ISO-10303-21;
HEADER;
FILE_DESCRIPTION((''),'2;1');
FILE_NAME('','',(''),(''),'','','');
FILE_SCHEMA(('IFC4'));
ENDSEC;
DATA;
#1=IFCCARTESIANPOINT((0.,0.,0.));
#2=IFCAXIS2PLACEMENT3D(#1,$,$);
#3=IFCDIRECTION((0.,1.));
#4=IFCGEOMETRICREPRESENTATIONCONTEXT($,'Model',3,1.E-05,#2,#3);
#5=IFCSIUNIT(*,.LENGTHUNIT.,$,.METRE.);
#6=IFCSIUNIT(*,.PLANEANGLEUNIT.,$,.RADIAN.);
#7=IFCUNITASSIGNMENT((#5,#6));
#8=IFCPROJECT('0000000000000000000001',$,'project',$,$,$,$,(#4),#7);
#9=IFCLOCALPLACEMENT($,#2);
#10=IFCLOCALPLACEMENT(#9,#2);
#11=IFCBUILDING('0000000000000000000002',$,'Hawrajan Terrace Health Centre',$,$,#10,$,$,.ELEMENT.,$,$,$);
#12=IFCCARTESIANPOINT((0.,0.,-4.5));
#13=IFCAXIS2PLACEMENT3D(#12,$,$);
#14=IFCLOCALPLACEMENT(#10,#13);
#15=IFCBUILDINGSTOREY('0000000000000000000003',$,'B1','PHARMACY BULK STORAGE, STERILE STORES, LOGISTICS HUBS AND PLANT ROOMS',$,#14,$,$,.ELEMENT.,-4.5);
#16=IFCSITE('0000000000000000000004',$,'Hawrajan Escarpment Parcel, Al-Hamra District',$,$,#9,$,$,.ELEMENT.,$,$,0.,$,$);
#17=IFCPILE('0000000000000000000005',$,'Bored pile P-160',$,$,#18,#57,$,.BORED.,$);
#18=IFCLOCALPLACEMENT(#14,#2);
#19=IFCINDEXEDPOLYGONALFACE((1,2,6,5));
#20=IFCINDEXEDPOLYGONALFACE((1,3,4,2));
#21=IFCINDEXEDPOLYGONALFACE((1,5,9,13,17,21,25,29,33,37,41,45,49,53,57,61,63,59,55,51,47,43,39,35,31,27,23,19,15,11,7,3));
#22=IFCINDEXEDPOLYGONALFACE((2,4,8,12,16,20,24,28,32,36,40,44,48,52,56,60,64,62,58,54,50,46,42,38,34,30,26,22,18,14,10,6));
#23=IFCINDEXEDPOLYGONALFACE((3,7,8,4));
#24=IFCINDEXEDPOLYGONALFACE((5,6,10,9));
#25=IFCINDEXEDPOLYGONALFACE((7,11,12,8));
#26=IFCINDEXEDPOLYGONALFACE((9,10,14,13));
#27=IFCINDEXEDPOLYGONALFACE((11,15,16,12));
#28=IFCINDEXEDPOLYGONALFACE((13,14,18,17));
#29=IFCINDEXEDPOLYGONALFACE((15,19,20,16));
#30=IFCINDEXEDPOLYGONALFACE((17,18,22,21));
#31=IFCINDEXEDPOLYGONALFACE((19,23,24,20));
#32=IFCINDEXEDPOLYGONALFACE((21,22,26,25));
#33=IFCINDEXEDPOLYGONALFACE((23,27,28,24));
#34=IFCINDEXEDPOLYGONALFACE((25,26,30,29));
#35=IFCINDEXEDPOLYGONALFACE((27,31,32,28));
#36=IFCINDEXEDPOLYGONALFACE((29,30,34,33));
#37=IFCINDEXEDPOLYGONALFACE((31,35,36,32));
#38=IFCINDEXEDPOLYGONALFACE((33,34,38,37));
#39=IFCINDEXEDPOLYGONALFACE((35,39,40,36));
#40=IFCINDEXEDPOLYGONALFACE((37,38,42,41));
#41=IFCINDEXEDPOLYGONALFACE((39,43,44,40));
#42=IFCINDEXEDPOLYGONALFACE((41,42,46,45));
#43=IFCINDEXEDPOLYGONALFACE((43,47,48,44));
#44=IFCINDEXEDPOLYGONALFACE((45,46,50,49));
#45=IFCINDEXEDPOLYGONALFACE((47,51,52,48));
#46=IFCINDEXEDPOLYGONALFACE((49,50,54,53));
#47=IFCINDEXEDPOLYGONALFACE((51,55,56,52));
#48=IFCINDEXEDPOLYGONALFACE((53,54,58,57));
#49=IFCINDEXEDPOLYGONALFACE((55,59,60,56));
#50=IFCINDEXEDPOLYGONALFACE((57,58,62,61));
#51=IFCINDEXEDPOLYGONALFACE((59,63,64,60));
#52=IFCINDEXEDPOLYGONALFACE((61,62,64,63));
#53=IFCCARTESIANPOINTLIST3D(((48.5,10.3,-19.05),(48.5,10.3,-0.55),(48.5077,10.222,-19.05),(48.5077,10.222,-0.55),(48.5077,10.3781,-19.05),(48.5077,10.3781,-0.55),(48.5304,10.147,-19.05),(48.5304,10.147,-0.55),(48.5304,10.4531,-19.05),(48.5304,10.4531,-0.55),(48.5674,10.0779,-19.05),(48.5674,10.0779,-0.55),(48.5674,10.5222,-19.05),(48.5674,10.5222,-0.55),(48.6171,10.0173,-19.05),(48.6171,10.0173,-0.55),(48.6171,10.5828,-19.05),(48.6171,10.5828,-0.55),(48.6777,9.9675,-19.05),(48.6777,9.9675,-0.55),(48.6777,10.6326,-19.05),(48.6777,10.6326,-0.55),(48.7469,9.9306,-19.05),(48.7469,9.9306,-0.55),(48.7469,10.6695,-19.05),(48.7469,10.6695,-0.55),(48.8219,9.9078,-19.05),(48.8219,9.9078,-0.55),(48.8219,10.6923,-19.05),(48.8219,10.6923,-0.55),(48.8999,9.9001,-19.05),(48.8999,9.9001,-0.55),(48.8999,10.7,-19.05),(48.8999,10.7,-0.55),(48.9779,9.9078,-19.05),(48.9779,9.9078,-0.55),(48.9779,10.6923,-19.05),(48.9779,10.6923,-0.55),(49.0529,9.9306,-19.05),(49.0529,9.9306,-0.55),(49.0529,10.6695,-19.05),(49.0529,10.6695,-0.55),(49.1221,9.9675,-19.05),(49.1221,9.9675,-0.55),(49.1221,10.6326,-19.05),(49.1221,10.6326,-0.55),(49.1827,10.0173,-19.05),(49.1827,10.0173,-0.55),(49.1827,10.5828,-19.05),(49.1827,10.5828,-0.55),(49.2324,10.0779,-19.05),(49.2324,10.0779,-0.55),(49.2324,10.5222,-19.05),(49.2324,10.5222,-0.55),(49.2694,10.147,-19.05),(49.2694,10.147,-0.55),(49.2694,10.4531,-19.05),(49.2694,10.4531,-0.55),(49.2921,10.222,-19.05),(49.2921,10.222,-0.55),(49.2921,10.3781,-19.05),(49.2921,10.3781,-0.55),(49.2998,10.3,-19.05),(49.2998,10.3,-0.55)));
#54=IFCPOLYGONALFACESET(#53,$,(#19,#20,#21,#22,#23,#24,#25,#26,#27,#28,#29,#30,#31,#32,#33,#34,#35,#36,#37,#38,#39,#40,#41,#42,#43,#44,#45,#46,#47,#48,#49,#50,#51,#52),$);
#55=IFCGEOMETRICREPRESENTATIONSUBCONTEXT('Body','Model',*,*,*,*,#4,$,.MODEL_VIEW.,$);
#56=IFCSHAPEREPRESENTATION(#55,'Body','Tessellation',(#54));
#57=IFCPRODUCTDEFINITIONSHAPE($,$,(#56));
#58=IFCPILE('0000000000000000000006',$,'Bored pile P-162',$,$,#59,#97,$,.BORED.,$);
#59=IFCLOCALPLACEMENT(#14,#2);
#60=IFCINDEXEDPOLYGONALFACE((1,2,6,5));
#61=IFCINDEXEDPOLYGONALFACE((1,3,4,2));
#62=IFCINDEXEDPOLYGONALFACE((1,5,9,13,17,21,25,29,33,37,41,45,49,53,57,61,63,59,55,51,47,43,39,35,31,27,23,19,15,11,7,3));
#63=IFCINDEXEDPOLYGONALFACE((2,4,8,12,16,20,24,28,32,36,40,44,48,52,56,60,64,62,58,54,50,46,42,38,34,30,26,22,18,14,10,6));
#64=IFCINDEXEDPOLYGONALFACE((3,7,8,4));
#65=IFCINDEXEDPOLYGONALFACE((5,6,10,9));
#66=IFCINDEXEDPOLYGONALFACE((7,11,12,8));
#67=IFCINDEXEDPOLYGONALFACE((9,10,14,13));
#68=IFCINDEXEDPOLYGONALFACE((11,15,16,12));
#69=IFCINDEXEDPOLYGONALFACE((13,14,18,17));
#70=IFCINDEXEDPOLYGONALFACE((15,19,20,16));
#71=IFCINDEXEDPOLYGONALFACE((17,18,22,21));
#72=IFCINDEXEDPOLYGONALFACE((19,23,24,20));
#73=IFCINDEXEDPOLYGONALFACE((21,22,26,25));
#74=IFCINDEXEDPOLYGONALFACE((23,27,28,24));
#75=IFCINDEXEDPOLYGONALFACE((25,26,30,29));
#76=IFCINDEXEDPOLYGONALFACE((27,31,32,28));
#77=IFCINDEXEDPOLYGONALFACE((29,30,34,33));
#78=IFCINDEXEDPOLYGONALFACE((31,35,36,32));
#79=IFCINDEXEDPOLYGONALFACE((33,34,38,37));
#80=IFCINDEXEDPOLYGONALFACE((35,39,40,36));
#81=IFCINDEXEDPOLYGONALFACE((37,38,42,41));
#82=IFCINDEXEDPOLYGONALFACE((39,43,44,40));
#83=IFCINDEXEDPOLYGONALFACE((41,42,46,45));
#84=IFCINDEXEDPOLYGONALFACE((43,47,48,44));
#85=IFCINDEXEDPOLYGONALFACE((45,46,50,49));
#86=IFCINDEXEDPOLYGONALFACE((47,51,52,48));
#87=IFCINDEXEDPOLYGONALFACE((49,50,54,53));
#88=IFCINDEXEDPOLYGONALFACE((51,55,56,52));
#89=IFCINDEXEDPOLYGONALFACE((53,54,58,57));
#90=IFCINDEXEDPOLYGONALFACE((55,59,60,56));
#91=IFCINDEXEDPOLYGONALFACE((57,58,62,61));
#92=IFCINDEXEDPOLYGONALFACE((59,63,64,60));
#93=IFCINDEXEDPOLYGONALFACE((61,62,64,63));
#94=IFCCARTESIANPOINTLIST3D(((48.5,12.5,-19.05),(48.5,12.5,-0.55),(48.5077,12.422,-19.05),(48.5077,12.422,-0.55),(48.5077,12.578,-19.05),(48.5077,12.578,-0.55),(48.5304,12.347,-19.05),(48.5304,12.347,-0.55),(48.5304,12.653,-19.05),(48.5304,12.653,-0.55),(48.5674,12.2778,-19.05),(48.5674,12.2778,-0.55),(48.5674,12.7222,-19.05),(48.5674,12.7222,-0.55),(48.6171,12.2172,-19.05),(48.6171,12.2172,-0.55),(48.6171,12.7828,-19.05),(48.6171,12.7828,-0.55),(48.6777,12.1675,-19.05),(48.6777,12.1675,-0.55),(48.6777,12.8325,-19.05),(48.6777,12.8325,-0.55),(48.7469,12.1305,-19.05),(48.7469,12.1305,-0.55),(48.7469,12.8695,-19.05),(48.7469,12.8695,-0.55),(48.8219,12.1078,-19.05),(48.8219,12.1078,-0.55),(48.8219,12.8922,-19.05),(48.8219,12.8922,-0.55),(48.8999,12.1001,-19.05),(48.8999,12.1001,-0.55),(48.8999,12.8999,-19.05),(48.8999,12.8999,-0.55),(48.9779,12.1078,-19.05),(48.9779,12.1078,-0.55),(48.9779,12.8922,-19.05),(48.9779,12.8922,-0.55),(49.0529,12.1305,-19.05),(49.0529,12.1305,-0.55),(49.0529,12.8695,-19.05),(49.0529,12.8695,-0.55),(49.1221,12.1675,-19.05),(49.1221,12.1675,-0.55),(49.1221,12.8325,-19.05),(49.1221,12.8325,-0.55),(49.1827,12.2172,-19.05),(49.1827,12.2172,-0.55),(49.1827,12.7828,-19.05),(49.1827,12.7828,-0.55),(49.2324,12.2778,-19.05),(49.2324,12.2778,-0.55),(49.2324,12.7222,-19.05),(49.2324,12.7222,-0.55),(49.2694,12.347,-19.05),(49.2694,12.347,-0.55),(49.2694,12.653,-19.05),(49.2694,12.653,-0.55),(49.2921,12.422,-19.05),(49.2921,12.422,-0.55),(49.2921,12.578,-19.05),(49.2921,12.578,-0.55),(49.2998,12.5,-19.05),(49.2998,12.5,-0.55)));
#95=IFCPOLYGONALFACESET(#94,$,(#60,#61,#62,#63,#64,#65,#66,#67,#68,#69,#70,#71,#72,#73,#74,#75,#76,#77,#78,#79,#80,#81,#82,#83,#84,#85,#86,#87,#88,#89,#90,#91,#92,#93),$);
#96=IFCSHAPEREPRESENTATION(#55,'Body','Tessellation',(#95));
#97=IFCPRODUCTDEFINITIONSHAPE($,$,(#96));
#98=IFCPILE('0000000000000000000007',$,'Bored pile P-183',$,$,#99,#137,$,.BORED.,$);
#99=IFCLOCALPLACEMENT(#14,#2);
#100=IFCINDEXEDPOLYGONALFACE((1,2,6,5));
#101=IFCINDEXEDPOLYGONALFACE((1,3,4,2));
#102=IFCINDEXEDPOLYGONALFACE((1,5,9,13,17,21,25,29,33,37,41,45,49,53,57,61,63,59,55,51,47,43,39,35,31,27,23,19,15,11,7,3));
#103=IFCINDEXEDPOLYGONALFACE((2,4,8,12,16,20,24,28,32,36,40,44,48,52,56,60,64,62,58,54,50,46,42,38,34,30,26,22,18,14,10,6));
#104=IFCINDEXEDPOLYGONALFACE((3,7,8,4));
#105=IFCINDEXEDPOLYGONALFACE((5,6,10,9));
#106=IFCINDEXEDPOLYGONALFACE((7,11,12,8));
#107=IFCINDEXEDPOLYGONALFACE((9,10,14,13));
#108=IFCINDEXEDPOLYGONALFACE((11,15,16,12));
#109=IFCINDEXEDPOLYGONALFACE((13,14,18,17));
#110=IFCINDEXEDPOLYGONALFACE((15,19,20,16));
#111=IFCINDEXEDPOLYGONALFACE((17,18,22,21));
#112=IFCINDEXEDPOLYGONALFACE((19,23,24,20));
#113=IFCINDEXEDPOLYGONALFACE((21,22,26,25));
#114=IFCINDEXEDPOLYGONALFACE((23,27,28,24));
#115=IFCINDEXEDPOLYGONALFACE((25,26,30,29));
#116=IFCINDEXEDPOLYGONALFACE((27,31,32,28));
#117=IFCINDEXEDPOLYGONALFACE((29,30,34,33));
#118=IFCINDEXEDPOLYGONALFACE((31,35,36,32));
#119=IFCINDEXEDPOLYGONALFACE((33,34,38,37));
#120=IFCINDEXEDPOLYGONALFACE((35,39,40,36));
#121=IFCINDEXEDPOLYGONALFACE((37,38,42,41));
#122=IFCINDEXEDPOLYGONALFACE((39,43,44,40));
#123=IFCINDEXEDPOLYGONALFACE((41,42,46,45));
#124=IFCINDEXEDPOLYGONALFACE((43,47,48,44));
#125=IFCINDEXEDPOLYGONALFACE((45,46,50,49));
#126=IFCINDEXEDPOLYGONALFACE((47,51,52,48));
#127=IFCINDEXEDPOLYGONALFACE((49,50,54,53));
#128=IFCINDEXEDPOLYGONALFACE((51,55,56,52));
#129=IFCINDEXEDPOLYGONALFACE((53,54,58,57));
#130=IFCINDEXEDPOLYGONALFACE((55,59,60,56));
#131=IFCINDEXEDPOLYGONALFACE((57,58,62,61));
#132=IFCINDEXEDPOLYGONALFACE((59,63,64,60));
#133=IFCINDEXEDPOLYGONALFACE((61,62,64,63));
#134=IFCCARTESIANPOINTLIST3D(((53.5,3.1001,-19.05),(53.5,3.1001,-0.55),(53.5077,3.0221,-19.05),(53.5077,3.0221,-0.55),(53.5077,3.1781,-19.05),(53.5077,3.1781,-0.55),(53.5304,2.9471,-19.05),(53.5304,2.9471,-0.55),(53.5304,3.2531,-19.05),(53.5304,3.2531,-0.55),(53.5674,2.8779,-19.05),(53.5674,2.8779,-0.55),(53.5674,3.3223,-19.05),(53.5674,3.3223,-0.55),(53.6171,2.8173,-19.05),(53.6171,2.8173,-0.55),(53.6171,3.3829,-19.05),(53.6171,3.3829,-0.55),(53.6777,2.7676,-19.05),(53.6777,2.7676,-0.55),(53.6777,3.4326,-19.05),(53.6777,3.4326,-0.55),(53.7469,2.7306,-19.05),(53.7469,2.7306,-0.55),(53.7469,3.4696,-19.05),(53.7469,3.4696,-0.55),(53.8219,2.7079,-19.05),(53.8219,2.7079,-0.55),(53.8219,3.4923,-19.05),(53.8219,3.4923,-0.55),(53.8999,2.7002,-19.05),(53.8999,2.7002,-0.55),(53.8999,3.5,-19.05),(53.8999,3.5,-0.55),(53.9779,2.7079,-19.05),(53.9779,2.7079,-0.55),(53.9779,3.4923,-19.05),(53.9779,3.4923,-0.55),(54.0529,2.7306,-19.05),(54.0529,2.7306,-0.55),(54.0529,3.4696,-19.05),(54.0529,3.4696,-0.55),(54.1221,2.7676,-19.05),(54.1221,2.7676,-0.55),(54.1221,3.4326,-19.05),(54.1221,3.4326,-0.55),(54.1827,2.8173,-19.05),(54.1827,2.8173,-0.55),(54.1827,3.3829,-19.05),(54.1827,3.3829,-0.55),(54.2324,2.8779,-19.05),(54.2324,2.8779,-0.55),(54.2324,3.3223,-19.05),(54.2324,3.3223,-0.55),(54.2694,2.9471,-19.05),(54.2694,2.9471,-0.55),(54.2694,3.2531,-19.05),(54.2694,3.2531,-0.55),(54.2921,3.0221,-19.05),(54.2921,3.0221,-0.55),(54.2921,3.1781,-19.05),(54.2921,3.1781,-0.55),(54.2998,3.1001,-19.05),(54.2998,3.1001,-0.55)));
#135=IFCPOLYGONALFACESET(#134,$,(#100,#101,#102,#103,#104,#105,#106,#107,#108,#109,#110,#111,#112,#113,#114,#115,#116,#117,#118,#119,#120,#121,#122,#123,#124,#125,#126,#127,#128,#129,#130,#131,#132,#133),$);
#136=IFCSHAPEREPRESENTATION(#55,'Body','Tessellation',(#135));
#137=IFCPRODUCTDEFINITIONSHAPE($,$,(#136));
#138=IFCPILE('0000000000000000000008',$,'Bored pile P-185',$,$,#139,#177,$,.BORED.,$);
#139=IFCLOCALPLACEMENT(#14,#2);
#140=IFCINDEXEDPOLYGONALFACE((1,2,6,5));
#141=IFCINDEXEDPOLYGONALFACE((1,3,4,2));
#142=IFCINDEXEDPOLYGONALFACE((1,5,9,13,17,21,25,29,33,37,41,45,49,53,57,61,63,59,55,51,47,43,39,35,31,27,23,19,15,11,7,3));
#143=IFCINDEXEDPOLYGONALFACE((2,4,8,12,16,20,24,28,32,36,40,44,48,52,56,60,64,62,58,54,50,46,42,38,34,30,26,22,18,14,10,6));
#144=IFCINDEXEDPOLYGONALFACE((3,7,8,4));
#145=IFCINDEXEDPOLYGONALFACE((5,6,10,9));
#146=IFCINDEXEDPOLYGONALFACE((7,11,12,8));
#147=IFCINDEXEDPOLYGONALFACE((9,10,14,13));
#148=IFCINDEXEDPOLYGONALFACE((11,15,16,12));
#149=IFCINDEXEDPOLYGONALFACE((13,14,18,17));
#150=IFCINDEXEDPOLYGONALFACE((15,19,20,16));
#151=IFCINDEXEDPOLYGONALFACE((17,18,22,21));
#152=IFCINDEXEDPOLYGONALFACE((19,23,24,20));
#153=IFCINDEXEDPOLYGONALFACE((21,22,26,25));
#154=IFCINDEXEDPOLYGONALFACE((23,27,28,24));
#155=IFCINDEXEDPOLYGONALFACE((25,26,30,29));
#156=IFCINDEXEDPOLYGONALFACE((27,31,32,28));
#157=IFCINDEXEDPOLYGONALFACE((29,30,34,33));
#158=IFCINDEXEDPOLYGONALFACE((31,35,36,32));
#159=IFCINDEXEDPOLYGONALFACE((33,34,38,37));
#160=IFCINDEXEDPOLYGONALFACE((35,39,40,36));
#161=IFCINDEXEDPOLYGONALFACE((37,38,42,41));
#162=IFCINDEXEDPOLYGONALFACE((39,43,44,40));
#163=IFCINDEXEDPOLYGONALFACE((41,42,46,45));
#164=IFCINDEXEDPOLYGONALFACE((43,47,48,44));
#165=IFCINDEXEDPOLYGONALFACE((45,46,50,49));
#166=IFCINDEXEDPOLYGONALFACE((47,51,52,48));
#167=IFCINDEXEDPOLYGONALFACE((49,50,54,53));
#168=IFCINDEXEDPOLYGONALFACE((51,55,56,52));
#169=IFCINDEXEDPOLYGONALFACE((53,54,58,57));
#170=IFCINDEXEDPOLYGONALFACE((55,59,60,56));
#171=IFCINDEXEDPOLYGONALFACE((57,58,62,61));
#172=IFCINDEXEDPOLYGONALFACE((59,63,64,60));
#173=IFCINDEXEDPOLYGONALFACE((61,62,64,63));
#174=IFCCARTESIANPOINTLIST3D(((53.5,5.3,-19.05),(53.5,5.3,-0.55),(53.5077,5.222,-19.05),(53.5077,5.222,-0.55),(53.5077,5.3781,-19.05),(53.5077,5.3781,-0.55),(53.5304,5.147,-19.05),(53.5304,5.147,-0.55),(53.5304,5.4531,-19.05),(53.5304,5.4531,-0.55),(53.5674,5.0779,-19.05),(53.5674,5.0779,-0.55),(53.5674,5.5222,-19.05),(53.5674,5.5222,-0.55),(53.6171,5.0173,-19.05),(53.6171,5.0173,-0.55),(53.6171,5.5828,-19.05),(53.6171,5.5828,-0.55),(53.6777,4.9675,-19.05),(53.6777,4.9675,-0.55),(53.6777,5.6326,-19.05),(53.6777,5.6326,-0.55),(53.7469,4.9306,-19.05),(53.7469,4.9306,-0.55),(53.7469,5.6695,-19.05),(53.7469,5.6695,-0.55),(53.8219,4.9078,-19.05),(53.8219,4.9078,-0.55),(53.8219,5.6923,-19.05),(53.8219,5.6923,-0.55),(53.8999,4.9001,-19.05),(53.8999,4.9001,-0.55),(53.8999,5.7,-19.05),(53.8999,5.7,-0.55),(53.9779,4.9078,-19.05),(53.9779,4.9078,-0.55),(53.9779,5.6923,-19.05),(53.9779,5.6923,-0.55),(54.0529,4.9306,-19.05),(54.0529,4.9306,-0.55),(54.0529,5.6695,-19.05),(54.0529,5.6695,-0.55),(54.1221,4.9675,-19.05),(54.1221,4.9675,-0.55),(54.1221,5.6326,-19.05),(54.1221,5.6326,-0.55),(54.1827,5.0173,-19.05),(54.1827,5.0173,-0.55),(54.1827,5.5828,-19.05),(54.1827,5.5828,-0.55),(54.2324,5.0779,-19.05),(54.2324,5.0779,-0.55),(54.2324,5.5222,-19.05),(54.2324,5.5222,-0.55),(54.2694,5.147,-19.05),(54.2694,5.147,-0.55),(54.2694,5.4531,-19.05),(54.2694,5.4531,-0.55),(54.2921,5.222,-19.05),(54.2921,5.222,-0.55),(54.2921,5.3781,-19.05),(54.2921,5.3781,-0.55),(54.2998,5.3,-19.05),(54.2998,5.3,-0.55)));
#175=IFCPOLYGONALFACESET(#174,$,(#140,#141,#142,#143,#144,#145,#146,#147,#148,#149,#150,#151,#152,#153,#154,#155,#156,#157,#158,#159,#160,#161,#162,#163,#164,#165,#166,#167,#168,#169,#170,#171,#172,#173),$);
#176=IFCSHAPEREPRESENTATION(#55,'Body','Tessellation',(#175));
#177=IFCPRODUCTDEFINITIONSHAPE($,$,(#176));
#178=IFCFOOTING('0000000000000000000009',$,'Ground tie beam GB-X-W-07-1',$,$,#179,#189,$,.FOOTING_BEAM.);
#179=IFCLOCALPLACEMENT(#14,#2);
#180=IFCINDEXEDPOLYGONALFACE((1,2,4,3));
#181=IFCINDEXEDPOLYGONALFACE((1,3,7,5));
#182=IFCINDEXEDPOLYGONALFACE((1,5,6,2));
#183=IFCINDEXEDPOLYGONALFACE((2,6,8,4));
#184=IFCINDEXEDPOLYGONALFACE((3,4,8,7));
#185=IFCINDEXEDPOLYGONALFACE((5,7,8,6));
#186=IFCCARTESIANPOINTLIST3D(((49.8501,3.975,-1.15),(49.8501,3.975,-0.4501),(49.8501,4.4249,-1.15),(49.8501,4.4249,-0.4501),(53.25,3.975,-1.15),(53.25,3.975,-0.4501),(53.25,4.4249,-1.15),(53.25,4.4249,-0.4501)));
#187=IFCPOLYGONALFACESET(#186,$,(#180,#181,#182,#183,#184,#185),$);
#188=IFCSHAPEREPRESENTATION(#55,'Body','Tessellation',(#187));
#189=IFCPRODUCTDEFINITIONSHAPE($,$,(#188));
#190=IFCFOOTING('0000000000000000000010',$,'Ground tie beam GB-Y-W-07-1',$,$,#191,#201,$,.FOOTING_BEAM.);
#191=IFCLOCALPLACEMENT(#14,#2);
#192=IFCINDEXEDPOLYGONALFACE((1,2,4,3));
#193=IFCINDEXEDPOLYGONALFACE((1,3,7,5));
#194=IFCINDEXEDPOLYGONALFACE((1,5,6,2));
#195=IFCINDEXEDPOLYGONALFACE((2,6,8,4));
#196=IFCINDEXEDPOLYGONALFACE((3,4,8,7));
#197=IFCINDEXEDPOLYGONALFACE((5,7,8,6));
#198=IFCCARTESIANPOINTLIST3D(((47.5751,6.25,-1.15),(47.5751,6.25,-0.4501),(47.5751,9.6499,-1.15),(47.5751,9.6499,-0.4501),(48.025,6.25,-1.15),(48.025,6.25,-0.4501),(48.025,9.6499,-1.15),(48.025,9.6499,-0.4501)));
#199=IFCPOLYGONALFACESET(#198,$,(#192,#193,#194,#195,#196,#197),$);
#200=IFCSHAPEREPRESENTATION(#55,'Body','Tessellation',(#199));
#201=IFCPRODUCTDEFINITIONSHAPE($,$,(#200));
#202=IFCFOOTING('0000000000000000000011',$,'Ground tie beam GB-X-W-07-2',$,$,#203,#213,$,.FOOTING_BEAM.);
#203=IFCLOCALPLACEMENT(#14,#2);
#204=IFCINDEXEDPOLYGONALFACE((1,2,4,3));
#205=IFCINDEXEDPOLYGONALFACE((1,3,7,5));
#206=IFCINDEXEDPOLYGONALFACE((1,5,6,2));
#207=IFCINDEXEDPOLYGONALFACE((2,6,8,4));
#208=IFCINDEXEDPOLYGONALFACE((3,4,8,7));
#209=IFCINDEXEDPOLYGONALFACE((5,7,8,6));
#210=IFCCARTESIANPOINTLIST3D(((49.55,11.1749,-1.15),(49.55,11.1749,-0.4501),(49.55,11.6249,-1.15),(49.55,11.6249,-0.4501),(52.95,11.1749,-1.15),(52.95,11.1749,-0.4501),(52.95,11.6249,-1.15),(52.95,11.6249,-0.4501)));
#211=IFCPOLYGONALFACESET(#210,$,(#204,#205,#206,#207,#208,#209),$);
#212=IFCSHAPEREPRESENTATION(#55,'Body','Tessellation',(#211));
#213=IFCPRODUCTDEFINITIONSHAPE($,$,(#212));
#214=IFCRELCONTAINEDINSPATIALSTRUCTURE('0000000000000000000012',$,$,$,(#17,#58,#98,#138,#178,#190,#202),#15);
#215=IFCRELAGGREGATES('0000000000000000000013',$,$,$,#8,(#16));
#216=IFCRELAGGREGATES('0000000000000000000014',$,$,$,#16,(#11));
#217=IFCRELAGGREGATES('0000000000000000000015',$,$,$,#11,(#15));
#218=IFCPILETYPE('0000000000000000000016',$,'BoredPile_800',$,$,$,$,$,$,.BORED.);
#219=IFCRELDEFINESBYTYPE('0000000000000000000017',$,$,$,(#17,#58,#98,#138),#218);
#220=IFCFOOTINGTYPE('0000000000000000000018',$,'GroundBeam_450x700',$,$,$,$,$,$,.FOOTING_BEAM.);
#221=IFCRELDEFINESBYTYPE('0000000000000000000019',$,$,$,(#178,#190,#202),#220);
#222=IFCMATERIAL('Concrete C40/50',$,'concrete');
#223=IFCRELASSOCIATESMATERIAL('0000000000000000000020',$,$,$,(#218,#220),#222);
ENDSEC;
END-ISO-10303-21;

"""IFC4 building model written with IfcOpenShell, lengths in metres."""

from ifc_helpers import new_model, si_unit, direction, frame, origin, origin_2d, place, context, subcontext, project, spatial, rectangle, circle, extrude, material, material_profile, profile_set, type_object, element, save


model = new_model("IFC4")

# Units and contexts
model_context = context("Model", 3, precision=1e-05, world=origin(), true_north=direction((0.0, 1.0)))
body_context = subcontext(model_context, "Body", "Model", "MODEL_VIEW")
ifc_project = project(units=[si_unit("LENGTHUNIT", "METRE"), si_unit("PLANEANGLEUNIT", "RADIAN")], contexts=[model_context])

# Site, building, storey
site_placement = place(None, origin())
site = spatial("IfcSite", under=ifc_project, at=site_placement, Name="Hawrajan Escarpment Parcel, Al-Hamra District", CompositionType="ELEMENT", RefElevation=0.0)
building_placement = place(site_placement, origin())
building = spatial("IfcBuilding", under=site, at=building_placement, Name="Hawrajan Terrace Health Centre", CompositionType="ELEMENT")
storey_placement = place(building_placement, frame((0.0, 0.0, -4.5)))
storey = spatial("IfcBuildingStorey", under=building, at=storey_placement, Name="B1", Description="PHARMACY BULK STORAGE, STERILE STORES, LOGISTICS HUBS AND PLANT ROOMS", CompositionType="ELEMENT", Elevation=-4.5)

# Piles
ifc_material_1 = material(Name="Concrete C40/50", Category="concrete")
ifc_material_profile_1 = material_profile(ifc_material_1, circle(Radius=0.3999, at=origin_2d()), Name="BP 800")
ifc_profile_set_1 = profile_set([ifc_material_profile_1], Name="Concrete C40/50")
pile_type_1 = type_object("IfcPileType", Name="BoredPile_800", PredefinedType="BORED", material=ifc_profile_set_1)
for number, where, z_axis, x_axis, name in (
    (1, (48.8999, 10.3, -0.55), (0.0, 0.0, -1.0), (1.0, 0.0, 0.0), "Bored pile P-160"),
    (2, (48.8999, 12.5, -0.55), (0.0, 0.0, -1.0), (1.0, 0.0, 0.0), "Bored pile P-162"),
    (3, (53.8999, 3.1001, -0.55), (0.0, 0.0, -1.0), (1.0, 0.0, 0.0), "Bored pile P-183"),
    (4, (53.8999, 5.3, -0.55), (0.0, 0.0, -1.0), (1.0, 0.0, 0.0), "Bored pile P-185"),
):
    element("IfcPile", number, at=place(storey_placement, frame(where, z_axis=z_axis, x_axis=x_axis)), inside=storey, type_object=pile_type_1, Name=name, PredefinedType="BORED", context=body_context, shape_type="SweptSolid", body=[
        extrude(circle(Radius=0.3999, at=origin_2d()), origin(), (0.0, 0.0, 1.0), 18.5),
    ])

# Footings
ifc_material_profile_2 = material_profile(ifc_material_1, rectangle(XDim=0.45, YDim=0.7, at=origin_2d()), Name="RC BM 450x700")
ifc_profile_set_2 = profile_set([ifc_material_profile_2], Name="Concrete C40/50")
footing_type_1 = type_object("IfcFootingType", Name="GroundBeam_450x700", PredefinedType="FOOTING_BEAM", material=ifc_profile_set_2)
for number, where, z_axis, x_axis, name in (
    (5, (49.8501, 4.2, -0.8), (1.0, 0.0, 0.0), (0.0, 1.0, 0.0), "Ground tie beam GB-X-W-07-1"),
    (6, (47.8, 6.25, -0.8), (0.0, 1.0, 0.0), (-1.0, 0.0, 0.0), "Ground tie beam GB-Y-W-07-1"),
    (7, (49.55, 11.3999, -0.8), (1.0, 0.0, 0.0), (0.0, 1.0, 0.0), "Ground tie beam GB-X-W-07-2"),
):
    element("IfcFooting", number, at=place(storey_placement, frame(where, z_axis=z_axis, x_axis=x_axis)), inside=storey, type_object=footing_type_1, Name=name, PredefinedType="FOOTING_BEAM", context=body_context, shape_type="SweptSolid", body=[
        extrude(rectangle(XDim=0.45, YDim=0.7, at=origin_2d()), origin(), (0.0, 0.0, 1.0), 3.3999),
    ])

save(model, "model.ifc")
